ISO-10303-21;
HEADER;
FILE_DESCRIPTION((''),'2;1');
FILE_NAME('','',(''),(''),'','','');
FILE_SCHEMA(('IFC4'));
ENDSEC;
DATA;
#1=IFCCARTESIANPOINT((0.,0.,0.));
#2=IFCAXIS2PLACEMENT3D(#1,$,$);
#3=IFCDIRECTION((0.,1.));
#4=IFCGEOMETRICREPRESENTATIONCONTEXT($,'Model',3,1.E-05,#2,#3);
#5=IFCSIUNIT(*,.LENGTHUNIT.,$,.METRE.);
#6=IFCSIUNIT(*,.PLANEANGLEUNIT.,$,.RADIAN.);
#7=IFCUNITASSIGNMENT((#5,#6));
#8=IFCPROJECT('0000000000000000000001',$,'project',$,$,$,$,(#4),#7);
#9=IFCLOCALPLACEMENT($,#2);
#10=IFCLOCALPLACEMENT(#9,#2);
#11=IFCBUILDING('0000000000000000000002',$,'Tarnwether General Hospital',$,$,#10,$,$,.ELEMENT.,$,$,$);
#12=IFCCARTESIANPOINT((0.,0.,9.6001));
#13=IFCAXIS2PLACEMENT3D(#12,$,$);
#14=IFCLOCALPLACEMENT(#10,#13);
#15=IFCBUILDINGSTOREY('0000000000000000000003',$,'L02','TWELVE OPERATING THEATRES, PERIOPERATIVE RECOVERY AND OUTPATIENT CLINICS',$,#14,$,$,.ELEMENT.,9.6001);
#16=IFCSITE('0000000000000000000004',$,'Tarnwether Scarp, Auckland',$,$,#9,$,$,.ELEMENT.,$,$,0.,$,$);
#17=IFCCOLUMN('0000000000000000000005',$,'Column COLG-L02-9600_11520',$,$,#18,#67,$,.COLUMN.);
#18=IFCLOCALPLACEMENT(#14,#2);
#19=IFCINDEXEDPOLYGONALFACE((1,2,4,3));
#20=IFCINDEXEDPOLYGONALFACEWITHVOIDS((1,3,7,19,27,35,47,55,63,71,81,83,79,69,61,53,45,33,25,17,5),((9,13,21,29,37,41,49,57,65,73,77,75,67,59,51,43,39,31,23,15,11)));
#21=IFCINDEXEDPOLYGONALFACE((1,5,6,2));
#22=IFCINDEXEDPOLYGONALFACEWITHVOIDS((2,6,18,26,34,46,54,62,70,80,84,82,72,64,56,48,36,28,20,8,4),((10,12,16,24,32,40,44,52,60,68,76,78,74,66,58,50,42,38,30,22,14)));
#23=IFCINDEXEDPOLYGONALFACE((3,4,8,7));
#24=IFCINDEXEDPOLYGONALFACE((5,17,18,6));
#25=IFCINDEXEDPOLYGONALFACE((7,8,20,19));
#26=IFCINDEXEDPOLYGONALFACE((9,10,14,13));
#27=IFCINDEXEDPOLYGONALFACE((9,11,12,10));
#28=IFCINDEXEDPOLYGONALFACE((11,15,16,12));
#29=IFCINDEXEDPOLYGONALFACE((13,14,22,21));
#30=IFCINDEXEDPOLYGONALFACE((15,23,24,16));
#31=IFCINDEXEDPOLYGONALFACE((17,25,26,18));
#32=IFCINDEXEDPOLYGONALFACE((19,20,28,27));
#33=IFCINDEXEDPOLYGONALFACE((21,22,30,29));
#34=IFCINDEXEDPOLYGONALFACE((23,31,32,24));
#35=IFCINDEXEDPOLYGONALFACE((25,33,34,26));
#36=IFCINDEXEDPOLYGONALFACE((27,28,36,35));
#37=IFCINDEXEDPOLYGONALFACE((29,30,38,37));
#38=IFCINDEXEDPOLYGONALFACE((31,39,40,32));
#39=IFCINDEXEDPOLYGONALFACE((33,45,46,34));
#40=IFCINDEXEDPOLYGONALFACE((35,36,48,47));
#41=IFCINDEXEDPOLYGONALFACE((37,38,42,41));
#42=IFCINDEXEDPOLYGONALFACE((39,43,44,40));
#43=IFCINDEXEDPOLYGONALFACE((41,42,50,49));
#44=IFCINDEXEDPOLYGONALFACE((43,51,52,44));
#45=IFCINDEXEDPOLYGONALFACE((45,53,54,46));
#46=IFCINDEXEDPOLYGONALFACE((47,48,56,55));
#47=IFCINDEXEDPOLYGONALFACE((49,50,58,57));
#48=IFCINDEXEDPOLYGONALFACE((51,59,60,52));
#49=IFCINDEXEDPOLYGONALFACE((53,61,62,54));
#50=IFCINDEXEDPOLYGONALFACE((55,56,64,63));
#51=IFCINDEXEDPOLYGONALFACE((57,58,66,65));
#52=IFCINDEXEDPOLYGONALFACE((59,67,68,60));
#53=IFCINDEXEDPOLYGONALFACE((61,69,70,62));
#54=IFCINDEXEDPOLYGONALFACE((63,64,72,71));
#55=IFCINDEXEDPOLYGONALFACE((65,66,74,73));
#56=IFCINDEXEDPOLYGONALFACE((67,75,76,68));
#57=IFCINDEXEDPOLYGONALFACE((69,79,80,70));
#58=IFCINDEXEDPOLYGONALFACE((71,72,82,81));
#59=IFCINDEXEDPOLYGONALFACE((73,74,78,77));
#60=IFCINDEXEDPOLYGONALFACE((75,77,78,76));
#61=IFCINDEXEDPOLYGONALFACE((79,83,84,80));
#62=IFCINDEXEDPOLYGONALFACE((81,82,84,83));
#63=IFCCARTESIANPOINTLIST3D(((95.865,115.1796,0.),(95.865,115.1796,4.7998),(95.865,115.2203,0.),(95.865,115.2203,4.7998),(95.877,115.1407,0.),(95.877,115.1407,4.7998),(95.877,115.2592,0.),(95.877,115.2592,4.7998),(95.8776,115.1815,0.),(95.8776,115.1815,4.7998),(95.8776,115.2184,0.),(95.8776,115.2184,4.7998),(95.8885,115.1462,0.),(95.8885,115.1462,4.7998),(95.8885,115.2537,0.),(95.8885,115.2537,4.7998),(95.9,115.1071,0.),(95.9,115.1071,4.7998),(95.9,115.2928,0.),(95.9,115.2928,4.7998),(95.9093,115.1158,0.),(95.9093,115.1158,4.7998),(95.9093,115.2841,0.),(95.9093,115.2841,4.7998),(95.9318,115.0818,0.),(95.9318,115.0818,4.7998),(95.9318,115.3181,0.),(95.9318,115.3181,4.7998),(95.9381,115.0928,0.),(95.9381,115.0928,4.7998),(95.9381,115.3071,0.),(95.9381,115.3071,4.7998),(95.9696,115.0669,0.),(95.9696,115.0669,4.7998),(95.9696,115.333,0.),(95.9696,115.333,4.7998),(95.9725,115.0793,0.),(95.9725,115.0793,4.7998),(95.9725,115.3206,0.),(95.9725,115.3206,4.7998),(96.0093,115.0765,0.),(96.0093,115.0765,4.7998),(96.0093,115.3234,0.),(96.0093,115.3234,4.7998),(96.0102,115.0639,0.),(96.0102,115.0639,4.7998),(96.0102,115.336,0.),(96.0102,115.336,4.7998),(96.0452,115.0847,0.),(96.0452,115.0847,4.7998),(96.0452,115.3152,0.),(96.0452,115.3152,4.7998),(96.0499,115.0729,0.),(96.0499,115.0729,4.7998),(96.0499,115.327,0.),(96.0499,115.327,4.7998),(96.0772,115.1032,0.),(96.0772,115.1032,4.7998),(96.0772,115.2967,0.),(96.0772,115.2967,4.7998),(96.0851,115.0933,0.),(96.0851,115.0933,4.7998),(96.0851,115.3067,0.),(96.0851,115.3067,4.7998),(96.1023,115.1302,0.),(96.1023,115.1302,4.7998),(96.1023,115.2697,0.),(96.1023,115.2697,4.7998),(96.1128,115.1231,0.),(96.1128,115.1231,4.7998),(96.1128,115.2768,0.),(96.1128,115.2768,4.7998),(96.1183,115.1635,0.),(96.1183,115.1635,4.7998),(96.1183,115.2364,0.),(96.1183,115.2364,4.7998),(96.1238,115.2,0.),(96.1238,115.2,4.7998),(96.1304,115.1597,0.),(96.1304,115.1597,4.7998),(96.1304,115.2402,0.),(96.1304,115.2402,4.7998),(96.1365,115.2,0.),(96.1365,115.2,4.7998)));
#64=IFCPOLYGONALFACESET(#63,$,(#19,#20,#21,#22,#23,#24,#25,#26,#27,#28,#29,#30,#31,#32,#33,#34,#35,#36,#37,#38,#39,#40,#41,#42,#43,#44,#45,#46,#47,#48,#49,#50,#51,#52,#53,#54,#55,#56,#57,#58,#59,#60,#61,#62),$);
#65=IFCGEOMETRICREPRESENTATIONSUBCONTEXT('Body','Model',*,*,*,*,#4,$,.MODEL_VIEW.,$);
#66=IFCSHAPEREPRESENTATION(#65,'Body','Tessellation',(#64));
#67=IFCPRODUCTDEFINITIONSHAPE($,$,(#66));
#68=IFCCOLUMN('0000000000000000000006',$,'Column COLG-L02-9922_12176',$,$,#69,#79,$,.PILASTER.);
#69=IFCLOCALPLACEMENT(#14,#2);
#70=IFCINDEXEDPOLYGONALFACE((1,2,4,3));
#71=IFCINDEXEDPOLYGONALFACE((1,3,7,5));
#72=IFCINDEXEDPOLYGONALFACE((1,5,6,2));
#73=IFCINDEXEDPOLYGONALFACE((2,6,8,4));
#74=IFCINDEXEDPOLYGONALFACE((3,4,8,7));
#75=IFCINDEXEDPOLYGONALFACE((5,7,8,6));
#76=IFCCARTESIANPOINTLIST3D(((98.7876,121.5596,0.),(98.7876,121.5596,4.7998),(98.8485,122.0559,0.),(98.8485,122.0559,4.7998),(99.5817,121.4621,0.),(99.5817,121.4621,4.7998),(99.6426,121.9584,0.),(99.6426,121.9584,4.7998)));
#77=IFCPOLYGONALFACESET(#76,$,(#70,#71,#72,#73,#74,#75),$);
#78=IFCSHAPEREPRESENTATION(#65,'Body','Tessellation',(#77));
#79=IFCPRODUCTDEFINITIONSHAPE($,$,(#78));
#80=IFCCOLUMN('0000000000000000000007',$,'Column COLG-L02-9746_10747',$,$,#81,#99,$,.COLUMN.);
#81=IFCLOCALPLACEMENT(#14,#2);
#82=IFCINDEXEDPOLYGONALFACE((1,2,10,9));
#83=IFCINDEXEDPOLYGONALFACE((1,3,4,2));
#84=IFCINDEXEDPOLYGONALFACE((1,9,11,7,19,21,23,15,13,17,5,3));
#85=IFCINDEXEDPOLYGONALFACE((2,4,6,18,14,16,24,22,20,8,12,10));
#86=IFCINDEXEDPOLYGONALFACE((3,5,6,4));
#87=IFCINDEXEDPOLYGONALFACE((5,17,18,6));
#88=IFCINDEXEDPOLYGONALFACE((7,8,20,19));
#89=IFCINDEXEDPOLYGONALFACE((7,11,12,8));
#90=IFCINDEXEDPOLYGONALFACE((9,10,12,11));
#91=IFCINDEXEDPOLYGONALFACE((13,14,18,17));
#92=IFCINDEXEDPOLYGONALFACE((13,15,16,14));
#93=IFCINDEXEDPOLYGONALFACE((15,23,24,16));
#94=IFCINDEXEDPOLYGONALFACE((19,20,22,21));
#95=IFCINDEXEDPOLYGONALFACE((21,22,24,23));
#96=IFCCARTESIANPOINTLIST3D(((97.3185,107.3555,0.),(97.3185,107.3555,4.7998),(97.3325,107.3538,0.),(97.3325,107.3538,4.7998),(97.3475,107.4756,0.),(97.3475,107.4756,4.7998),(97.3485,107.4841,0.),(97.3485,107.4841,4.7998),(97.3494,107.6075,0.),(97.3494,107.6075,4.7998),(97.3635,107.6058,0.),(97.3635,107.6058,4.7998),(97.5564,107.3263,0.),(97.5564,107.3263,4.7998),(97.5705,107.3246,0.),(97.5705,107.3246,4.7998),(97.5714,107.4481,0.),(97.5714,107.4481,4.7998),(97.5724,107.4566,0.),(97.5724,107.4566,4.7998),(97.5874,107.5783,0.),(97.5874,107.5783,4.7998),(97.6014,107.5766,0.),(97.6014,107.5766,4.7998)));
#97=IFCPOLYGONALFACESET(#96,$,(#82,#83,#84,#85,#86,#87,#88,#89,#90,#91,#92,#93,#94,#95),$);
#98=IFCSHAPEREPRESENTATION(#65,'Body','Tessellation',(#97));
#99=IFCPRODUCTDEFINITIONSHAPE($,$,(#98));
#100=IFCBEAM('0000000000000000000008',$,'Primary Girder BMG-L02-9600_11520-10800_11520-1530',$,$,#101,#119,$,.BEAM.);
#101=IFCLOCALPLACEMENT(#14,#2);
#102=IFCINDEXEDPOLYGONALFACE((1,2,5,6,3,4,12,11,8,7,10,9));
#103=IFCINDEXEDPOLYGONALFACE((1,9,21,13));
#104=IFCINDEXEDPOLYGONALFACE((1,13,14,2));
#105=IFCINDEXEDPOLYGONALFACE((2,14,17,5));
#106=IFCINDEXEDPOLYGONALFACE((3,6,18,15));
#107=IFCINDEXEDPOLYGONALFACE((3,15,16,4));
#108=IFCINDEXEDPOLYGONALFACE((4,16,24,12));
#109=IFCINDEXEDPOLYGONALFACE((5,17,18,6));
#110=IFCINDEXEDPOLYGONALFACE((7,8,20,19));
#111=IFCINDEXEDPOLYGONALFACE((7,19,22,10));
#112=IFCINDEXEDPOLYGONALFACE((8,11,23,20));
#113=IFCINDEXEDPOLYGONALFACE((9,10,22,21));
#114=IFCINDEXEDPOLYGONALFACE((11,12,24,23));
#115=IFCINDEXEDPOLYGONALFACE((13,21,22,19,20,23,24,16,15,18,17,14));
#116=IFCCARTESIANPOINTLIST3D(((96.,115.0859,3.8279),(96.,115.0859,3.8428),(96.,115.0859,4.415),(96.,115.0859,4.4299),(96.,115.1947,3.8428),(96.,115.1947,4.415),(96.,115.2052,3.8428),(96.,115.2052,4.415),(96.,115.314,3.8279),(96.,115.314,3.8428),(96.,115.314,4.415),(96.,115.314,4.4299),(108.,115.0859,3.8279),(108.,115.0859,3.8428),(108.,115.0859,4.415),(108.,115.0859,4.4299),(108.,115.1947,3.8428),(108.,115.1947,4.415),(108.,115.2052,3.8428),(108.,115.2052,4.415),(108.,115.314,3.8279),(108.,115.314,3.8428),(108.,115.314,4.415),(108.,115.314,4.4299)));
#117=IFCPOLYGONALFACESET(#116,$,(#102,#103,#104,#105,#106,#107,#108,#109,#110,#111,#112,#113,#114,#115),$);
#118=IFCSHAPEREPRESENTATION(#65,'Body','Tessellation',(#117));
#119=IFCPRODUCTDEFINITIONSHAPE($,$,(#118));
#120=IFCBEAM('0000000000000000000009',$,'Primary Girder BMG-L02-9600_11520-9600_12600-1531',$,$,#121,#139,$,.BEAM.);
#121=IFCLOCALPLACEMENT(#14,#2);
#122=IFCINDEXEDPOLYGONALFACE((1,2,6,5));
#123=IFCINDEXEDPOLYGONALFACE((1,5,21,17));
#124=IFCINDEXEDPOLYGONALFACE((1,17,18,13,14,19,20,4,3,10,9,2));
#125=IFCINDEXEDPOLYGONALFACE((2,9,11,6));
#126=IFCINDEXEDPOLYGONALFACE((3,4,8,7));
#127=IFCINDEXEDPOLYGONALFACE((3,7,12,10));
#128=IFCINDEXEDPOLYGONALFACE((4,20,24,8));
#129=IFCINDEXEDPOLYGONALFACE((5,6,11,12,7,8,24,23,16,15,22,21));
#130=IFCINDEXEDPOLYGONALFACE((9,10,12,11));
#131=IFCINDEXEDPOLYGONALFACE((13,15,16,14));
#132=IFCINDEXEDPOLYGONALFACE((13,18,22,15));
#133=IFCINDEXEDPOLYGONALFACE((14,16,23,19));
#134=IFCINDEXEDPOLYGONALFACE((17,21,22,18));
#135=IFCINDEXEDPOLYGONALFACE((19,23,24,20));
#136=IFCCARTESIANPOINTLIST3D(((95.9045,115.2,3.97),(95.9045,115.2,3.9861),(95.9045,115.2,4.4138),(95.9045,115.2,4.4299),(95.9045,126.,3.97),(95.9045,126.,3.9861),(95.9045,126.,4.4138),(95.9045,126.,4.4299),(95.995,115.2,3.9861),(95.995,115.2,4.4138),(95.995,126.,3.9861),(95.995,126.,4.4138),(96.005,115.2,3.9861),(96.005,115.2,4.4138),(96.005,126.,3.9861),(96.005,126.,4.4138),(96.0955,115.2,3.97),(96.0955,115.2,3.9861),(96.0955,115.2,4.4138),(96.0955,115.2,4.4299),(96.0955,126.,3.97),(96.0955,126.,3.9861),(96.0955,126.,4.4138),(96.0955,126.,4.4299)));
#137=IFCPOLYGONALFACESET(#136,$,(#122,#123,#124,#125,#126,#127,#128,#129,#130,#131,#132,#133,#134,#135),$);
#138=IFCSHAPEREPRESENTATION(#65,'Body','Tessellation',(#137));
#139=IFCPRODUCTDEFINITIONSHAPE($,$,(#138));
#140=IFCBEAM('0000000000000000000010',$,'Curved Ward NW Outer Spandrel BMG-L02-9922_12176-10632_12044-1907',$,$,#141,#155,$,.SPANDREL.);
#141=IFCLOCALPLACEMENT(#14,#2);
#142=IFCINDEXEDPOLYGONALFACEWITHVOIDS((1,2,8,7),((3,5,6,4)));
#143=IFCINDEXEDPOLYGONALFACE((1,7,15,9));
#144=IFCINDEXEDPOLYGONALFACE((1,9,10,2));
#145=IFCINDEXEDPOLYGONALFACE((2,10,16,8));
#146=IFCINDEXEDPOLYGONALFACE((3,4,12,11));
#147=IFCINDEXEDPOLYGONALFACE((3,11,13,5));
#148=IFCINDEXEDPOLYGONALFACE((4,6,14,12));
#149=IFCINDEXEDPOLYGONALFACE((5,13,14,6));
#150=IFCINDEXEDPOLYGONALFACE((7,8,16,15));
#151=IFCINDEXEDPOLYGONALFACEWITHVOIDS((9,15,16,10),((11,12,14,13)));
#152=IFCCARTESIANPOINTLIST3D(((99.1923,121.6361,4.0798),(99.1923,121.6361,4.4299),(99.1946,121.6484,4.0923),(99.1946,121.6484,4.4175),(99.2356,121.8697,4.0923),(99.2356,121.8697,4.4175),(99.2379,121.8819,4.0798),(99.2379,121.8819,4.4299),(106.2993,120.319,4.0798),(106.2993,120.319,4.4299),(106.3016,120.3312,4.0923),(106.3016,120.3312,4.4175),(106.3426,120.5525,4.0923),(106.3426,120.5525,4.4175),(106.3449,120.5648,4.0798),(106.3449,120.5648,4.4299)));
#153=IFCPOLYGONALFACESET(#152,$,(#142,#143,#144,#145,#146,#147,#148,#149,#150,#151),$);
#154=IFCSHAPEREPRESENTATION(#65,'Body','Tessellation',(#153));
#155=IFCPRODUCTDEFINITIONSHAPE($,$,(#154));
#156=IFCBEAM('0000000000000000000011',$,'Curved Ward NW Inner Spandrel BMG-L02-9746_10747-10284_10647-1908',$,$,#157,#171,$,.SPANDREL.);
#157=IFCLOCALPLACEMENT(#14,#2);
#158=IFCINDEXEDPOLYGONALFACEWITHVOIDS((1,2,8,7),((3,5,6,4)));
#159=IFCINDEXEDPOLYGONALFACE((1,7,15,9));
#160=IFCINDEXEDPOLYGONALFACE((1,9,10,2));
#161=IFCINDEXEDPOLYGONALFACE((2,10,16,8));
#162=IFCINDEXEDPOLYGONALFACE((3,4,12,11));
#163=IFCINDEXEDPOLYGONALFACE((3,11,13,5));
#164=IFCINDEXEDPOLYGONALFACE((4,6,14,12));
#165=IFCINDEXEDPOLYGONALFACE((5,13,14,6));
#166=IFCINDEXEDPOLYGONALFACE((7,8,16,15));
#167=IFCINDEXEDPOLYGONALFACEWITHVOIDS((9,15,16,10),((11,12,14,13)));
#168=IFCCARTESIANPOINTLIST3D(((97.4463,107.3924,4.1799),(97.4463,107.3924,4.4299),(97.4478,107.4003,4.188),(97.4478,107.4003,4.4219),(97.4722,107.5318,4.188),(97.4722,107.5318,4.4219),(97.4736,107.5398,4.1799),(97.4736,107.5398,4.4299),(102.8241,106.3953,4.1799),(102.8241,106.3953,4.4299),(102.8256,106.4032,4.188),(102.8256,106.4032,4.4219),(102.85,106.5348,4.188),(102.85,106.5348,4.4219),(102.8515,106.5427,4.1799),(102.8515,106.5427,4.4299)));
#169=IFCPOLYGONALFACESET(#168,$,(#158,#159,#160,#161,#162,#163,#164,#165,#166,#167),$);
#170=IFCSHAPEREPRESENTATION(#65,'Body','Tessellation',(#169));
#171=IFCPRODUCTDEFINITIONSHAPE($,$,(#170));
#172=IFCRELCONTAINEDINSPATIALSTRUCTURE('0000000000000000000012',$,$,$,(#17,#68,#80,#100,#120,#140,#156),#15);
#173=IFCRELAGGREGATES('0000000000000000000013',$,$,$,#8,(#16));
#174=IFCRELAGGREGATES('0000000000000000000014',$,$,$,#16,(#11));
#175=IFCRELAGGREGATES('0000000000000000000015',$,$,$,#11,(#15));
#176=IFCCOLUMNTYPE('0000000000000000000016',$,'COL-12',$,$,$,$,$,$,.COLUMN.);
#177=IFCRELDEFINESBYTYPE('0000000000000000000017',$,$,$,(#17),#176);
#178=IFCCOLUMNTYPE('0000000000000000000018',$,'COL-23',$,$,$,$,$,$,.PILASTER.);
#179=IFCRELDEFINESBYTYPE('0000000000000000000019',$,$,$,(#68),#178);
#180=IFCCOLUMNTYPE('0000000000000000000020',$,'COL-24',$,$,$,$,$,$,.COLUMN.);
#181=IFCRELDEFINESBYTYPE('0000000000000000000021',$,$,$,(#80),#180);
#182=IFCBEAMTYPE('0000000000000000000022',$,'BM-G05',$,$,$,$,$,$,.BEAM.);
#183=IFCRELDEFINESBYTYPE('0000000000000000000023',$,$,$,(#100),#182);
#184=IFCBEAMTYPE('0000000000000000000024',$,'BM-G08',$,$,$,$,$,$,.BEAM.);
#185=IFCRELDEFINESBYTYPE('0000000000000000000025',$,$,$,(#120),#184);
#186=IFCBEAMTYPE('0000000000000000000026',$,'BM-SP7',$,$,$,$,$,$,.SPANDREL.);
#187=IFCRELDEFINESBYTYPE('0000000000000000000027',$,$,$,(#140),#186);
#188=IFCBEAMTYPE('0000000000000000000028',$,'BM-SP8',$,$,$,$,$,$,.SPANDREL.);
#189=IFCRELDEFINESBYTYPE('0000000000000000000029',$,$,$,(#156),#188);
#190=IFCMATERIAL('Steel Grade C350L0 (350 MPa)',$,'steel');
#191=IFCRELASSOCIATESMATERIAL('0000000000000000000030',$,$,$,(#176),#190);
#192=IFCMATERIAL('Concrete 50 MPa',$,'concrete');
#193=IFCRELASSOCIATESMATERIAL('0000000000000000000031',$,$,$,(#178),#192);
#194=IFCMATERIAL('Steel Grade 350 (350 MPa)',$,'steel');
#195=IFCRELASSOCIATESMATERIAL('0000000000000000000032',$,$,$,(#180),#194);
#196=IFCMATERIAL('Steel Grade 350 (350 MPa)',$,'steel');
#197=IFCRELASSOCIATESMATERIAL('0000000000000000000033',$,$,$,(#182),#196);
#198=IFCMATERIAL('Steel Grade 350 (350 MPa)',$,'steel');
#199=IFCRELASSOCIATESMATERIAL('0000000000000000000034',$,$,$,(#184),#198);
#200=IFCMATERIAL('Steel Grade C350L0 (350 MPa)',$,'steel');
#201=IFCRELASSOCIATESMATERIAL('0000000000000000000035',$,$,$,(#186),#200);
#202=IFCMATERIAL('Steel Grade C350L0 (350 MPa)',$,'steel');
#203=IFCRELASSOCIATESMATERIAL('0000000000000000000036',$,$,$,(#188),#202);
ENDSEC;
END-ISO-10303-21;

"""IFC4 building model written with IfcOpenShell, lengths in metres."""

from ifc_helpers import new_model, si_unit, direction, frame, origin, origin_2d, place, context, subcontext, project, spatial, rectangle, hollow_rectangle, hollow_circle, i_section, extrude, material, material_profile, profile_set, type_object, element, save


model = new_model("IFC4")

# Units and contexts
model_context = context("Model", 3, precision=1e-05, world=origin(), true_north=direction((0.0, 1.0)))
body_context = subcontext(model_context, "Body", "Model", "MODEL_VIEW")
ifc_project = project(units=[si_unit("LENGTHUNIT", "METRE"), si_unit("PLANEANGLEUNIT", "RADIAN")], contexts=[model_context])

# Site, building, storey
site_placement = place(None, origin())
site = spatial("IfcSite", under=ifc_project, at=site_placement, Name="Tarnwether Scarp, Auckland", CompositionType="ELEMENT", RefElevation=0.0)
building_placement = place(site_placement, origin())
building = spatial("IfcBuilding", under=site, at=building_placement, Name="Tarnwether General Hospital", CompositionType="ELEMENT")
storey_placement = place(building_placement, frame((0.0, 0.0, 9.6001)))
storey = spatial("IfcBuildingStorey", under=building, at=storey_placement, Name="L02", Description="TWELVE OPERATING THEATRES, PERIOPERATIVE RECOVERY AND OUTPATIENT CLINICS", CompositionType="ELEMENT", Elevation=9.6001)

# Columns
ifc_material_1 = material(Name="Steel Grade C350L0 (350 MPa)", Category="steel")
ifc_material_profile_1 = material_profile(ifc_material_1, hollow_circle(Radius=0.1365, WallThickness=0.0127, at=origin_2d()), Name="CHS273.1x12.7")
ifc_profile_set_1 = profile_set([ifc_material_profile_1], Name="Steel Grade C350L0 (350 MPa)")
column_type_1 = type_object("IfcColumnType", Name="COL-12", PredefinedType="COLUMN", material=ifc_profile_set_1)
column_1_placement = place(storey_placement, frame((96.0, 115.2, 0.0), z_axis=(0.0, 0.0, 1.0), x_axis=(1.0, 0.0, 0.0)))
element("IfcColumn", 1, at=column_1_placement, inside=storey, type_object=column_type_1, Name="Column COLG-L02-9600_11520", PredefinedType="COLUMN", context=body_context, shape_type="SweptSolid", body=[
    extrude(hollow_circle(Radius=0.1365, WallThickness=0.0127, at=origin_2d()), origin(), (0.0, 0.0, 1.0), 4.7998),
])
ifc_material_2 = material(Name="Concrete 50 MPa", Category="concrete")
ifc_material_profile_2 = material_profile(ifc_material_2, rectangle(XDim=0.5, YDim=0.8, at=origin_2d()), Name="RC-PIL-500x800")
ifc_profile_set_2 = profile_set([ifc_material_profile_2], Name="Concrete 50 MPa")
column_type_2 = type_object("IfcColumnType", Name="COL-23", PredefinedType="PILASTER", material=ifc_profile_set_2)
column_2_placement = place(storey_placement, frame((99.2151, 121.759, 0.0), z_axis=(0.0, 0.0, 1.0), x_axis=(0.121869, 0.992546, 0.0)))
element("IfcColumn", 2, at=column_2_placement, inside=storey, type_object=column_type_2, Name="Column COLG-L02-9922_12176", PredefinedType="PILASTER", context=body_context, shape_type="SweptSolid", body=[
    extrude(rectangle(XDim=0.5, YDim=0.8, at=origin_2d()), origin(), (0.0, 0.0, 1.0), 4.7998),
])
ifc_material_3 = material(Name="Steel Grade 350 (350 MPa)", Category="steel")
ifc_material_profile_3 = material_profile(ifc_material_3, i_section(OverallWidth=0.2539, OverallDepth=0.2539, WebThickness=0.0085, FlangeThickness=0.0142, at=origin_2d()), Name="250UC72.9")
ifc_profile_set_3 = profile_set([ifc_material_profile_3], Name="Steel Grade 350 (350 MPa)")
column_type_3 = type_object("IfcColumnType", Name="COL-24", PredefinedType="COLUMN", material=ifc_profile_set_3)
column_3_placement = place(storey_placement, frame((97.46, 107.4661, 0.0), z_axis=(0.0, 0.0, 1.0), x_axis=(0.121869, 0.992546, 0.0)))
element("IfcColumn", 3, at=column_3_placement, inside=storey, type_object=column_type_3, Name="Column COLG-L02-9746_10747", PredefinedType="COLUMN", context=body_context, shape_type="SweptSolid", body=[
    extrude(i_section(OverallWidth=0.2539, OverallDepth=0.2539, WebThickness=0.0085, FlangeThickness=0.0142, at=origin_2d()), origin(), (0.0, 0.0, 1.0), 4.7998),
])

# Beams
ifc_material_4 = material(Name="Steel Grade 350 (350 MPa)", Category="steel")
ifc_material_profile_4 = material_profile(ifc_material_4, i_section(OverallWidth=0.228, OverallDepth=0.6021, WebThickness=0.0105, FlangeThickness=0.0149, at=origin_2d()), Name="610UB101")
ifc_profile_set_4 = profile_set([ifc_material_profile_4], Name="Steel Grade 350 (350 MPa)")
beam_type_1 = type_object("IfcBeamType", Name="BM-G05", PredefinedType="BEAM", material=ifc_profile_set_4)
beam_1_placement = place(storey_placement, frame((96.0, 115.2, 4.1289), z_axis=(1.0, 0.0, 0.0), x_axis=(0.0, 1.0, 0.0)))
element("IfcBeam", 4, at=beam_1_placement, inside=storey, type_object=beam_type_1, Name="Primary Girder BMG-L02-9600_11520-10800_11520-1530", PredefinedType="BEAM", context=body_context, shape_type="SweptSolid", body=[
    extrude(i_section(OverallWidth=0.228, OverallDepth=0.6021, WebThickness=0.0105, FlangeThickness=0.0149, at=origin_2d()), origin(), (0.0, 0.0, 1.0), 12.0),
])
ifc_material_5 = material(Name="Steel Grade 350 (350 MPa)", Category="steel")
ifc_material_profile_5 = material_profile(ifc_material_5, i_section(OverallWidth=0.1909, OverallDepth=0.46, WebThickness=0.01, FlangeThickness=0.0161, at=origin_2d()), Name="460UB82.1")
ifc_profile_set_5 = profile_set([ifc_material_profile_5], Name="Steel Grade 350 (350 MPa)")
beam_type_2 = type_object("IfcBeamType", Name="BM-G08", PredefinedType="BEAM", material=ifc_profile_set_5)
beam_2_placement = place(storey_placement, frame((96.0, 115.2, 4.2), z_axis=(0.0, 1.0, 0.0), x_axis=(-1.0, 0.0, 0.0)))
element("IfcBeam", 5, at=beam_2_placement, inside=storey, type_object=beam_type_2, Name="Primary Girder BMG-L02-9600_11520-9600_12600-1531", PredefinedType="BEAM", context=body_context, shape_type="SweptSolid", body=[
    extrude(i_section(OverallWidth=0.1909, OverallDepth=0.46, WebThickness=0.01, FlangeThickness=0.0161, at=origin_2d()), origin(), (0.0, 0.0, 1.0), 10.8),
])
ifc_material_6 = material(Name="Steel Grade C350L0 (350 MPa)", Category="steel")
ifc_material_profile_6 = material_profile(ifc_material_6, hollow_rectangle(XDim=0.25, YDim=0.3501, WallThickness=0.0125, at=origin_2d()), Name="RHS350x250x12.5")
ifc_profile_set_6 = profile_set([ifc_material_profile_6], Name="Steel Grade C350L0 (350 MPa)")
beam_type_3 = type_object("IfcBeamType", Name="BM-SP7", PredefinedType="SPANDREL", material=ifc_profile_set_6)
beam_3_placement = place(storey_placement, frame((99.2151, 121.759, 4.2549), z_axis=(0.983256, -0.182228, 0.0), x_axis=(0.182228, 0.983256, 0.0)))
element("IfcBeam", 6, at=beam_3_placement, inside=storey, type_object=beam_type_3, Name="Curved Ward NW Outer Spandrel BMG-L02-9922_12176-10632_12044-1907", PredefinedType="SPANDREL", context=body_context, shape_type="SweptSolid", body=[
    extrude(hollow_rectangle(XDim=0.25, YDim=0.3501, WallThickness=0.0125, at=origin_2d()), origin(), (0.0, 0.0, 1.0), 7.228),
])
ifc_material_7 = material(Name="Steel Grade C350L0 (350 MPa)", Category="steel")
ifc_material_profile_7 = material_profile(ifc_material_7, hollow_rectangle(XDim=0.1499, YDim=0.25, WallThickness=0.0081, at=origin_2d()), Name="RHS250x150x8")
ifc_profile_set_7 = profile_set([ifc_material_profile_7], Name="Steel Grade C350L0 (350 MPa)")
beam_type_4 = type_object("IfcBeamType", Name="BM-SP8", PredefinedType="SPANDREL", material=ifc_profile_set_7)
beam_4_placement = place(storey_placement, frame((97.46, 107.4661, 4.3049), z_axis=(0.983244, -0.182294, 0.0), x_axis=(0.182294, 0.983244, 0.0)))
element("IfcBeam", 7, at=beam_4_placement, inside=storey, type_object=beam_type_4, Name="Curved Ward NW Inner Spandrel BMG-L02-9746_10747-10284_10647-1908", PredefinedType="SPANDREL", context=body_context, shape_type="SweptSolid", body=[
    extrude(hollow_rectangle(XDim=0.1499, YDim=0.25, WallThickness=0.0081, at=origin_2d()), origin(), (0.0, 0.0, 1.0), 5.4695),
])

save(model, "model.ifc")
